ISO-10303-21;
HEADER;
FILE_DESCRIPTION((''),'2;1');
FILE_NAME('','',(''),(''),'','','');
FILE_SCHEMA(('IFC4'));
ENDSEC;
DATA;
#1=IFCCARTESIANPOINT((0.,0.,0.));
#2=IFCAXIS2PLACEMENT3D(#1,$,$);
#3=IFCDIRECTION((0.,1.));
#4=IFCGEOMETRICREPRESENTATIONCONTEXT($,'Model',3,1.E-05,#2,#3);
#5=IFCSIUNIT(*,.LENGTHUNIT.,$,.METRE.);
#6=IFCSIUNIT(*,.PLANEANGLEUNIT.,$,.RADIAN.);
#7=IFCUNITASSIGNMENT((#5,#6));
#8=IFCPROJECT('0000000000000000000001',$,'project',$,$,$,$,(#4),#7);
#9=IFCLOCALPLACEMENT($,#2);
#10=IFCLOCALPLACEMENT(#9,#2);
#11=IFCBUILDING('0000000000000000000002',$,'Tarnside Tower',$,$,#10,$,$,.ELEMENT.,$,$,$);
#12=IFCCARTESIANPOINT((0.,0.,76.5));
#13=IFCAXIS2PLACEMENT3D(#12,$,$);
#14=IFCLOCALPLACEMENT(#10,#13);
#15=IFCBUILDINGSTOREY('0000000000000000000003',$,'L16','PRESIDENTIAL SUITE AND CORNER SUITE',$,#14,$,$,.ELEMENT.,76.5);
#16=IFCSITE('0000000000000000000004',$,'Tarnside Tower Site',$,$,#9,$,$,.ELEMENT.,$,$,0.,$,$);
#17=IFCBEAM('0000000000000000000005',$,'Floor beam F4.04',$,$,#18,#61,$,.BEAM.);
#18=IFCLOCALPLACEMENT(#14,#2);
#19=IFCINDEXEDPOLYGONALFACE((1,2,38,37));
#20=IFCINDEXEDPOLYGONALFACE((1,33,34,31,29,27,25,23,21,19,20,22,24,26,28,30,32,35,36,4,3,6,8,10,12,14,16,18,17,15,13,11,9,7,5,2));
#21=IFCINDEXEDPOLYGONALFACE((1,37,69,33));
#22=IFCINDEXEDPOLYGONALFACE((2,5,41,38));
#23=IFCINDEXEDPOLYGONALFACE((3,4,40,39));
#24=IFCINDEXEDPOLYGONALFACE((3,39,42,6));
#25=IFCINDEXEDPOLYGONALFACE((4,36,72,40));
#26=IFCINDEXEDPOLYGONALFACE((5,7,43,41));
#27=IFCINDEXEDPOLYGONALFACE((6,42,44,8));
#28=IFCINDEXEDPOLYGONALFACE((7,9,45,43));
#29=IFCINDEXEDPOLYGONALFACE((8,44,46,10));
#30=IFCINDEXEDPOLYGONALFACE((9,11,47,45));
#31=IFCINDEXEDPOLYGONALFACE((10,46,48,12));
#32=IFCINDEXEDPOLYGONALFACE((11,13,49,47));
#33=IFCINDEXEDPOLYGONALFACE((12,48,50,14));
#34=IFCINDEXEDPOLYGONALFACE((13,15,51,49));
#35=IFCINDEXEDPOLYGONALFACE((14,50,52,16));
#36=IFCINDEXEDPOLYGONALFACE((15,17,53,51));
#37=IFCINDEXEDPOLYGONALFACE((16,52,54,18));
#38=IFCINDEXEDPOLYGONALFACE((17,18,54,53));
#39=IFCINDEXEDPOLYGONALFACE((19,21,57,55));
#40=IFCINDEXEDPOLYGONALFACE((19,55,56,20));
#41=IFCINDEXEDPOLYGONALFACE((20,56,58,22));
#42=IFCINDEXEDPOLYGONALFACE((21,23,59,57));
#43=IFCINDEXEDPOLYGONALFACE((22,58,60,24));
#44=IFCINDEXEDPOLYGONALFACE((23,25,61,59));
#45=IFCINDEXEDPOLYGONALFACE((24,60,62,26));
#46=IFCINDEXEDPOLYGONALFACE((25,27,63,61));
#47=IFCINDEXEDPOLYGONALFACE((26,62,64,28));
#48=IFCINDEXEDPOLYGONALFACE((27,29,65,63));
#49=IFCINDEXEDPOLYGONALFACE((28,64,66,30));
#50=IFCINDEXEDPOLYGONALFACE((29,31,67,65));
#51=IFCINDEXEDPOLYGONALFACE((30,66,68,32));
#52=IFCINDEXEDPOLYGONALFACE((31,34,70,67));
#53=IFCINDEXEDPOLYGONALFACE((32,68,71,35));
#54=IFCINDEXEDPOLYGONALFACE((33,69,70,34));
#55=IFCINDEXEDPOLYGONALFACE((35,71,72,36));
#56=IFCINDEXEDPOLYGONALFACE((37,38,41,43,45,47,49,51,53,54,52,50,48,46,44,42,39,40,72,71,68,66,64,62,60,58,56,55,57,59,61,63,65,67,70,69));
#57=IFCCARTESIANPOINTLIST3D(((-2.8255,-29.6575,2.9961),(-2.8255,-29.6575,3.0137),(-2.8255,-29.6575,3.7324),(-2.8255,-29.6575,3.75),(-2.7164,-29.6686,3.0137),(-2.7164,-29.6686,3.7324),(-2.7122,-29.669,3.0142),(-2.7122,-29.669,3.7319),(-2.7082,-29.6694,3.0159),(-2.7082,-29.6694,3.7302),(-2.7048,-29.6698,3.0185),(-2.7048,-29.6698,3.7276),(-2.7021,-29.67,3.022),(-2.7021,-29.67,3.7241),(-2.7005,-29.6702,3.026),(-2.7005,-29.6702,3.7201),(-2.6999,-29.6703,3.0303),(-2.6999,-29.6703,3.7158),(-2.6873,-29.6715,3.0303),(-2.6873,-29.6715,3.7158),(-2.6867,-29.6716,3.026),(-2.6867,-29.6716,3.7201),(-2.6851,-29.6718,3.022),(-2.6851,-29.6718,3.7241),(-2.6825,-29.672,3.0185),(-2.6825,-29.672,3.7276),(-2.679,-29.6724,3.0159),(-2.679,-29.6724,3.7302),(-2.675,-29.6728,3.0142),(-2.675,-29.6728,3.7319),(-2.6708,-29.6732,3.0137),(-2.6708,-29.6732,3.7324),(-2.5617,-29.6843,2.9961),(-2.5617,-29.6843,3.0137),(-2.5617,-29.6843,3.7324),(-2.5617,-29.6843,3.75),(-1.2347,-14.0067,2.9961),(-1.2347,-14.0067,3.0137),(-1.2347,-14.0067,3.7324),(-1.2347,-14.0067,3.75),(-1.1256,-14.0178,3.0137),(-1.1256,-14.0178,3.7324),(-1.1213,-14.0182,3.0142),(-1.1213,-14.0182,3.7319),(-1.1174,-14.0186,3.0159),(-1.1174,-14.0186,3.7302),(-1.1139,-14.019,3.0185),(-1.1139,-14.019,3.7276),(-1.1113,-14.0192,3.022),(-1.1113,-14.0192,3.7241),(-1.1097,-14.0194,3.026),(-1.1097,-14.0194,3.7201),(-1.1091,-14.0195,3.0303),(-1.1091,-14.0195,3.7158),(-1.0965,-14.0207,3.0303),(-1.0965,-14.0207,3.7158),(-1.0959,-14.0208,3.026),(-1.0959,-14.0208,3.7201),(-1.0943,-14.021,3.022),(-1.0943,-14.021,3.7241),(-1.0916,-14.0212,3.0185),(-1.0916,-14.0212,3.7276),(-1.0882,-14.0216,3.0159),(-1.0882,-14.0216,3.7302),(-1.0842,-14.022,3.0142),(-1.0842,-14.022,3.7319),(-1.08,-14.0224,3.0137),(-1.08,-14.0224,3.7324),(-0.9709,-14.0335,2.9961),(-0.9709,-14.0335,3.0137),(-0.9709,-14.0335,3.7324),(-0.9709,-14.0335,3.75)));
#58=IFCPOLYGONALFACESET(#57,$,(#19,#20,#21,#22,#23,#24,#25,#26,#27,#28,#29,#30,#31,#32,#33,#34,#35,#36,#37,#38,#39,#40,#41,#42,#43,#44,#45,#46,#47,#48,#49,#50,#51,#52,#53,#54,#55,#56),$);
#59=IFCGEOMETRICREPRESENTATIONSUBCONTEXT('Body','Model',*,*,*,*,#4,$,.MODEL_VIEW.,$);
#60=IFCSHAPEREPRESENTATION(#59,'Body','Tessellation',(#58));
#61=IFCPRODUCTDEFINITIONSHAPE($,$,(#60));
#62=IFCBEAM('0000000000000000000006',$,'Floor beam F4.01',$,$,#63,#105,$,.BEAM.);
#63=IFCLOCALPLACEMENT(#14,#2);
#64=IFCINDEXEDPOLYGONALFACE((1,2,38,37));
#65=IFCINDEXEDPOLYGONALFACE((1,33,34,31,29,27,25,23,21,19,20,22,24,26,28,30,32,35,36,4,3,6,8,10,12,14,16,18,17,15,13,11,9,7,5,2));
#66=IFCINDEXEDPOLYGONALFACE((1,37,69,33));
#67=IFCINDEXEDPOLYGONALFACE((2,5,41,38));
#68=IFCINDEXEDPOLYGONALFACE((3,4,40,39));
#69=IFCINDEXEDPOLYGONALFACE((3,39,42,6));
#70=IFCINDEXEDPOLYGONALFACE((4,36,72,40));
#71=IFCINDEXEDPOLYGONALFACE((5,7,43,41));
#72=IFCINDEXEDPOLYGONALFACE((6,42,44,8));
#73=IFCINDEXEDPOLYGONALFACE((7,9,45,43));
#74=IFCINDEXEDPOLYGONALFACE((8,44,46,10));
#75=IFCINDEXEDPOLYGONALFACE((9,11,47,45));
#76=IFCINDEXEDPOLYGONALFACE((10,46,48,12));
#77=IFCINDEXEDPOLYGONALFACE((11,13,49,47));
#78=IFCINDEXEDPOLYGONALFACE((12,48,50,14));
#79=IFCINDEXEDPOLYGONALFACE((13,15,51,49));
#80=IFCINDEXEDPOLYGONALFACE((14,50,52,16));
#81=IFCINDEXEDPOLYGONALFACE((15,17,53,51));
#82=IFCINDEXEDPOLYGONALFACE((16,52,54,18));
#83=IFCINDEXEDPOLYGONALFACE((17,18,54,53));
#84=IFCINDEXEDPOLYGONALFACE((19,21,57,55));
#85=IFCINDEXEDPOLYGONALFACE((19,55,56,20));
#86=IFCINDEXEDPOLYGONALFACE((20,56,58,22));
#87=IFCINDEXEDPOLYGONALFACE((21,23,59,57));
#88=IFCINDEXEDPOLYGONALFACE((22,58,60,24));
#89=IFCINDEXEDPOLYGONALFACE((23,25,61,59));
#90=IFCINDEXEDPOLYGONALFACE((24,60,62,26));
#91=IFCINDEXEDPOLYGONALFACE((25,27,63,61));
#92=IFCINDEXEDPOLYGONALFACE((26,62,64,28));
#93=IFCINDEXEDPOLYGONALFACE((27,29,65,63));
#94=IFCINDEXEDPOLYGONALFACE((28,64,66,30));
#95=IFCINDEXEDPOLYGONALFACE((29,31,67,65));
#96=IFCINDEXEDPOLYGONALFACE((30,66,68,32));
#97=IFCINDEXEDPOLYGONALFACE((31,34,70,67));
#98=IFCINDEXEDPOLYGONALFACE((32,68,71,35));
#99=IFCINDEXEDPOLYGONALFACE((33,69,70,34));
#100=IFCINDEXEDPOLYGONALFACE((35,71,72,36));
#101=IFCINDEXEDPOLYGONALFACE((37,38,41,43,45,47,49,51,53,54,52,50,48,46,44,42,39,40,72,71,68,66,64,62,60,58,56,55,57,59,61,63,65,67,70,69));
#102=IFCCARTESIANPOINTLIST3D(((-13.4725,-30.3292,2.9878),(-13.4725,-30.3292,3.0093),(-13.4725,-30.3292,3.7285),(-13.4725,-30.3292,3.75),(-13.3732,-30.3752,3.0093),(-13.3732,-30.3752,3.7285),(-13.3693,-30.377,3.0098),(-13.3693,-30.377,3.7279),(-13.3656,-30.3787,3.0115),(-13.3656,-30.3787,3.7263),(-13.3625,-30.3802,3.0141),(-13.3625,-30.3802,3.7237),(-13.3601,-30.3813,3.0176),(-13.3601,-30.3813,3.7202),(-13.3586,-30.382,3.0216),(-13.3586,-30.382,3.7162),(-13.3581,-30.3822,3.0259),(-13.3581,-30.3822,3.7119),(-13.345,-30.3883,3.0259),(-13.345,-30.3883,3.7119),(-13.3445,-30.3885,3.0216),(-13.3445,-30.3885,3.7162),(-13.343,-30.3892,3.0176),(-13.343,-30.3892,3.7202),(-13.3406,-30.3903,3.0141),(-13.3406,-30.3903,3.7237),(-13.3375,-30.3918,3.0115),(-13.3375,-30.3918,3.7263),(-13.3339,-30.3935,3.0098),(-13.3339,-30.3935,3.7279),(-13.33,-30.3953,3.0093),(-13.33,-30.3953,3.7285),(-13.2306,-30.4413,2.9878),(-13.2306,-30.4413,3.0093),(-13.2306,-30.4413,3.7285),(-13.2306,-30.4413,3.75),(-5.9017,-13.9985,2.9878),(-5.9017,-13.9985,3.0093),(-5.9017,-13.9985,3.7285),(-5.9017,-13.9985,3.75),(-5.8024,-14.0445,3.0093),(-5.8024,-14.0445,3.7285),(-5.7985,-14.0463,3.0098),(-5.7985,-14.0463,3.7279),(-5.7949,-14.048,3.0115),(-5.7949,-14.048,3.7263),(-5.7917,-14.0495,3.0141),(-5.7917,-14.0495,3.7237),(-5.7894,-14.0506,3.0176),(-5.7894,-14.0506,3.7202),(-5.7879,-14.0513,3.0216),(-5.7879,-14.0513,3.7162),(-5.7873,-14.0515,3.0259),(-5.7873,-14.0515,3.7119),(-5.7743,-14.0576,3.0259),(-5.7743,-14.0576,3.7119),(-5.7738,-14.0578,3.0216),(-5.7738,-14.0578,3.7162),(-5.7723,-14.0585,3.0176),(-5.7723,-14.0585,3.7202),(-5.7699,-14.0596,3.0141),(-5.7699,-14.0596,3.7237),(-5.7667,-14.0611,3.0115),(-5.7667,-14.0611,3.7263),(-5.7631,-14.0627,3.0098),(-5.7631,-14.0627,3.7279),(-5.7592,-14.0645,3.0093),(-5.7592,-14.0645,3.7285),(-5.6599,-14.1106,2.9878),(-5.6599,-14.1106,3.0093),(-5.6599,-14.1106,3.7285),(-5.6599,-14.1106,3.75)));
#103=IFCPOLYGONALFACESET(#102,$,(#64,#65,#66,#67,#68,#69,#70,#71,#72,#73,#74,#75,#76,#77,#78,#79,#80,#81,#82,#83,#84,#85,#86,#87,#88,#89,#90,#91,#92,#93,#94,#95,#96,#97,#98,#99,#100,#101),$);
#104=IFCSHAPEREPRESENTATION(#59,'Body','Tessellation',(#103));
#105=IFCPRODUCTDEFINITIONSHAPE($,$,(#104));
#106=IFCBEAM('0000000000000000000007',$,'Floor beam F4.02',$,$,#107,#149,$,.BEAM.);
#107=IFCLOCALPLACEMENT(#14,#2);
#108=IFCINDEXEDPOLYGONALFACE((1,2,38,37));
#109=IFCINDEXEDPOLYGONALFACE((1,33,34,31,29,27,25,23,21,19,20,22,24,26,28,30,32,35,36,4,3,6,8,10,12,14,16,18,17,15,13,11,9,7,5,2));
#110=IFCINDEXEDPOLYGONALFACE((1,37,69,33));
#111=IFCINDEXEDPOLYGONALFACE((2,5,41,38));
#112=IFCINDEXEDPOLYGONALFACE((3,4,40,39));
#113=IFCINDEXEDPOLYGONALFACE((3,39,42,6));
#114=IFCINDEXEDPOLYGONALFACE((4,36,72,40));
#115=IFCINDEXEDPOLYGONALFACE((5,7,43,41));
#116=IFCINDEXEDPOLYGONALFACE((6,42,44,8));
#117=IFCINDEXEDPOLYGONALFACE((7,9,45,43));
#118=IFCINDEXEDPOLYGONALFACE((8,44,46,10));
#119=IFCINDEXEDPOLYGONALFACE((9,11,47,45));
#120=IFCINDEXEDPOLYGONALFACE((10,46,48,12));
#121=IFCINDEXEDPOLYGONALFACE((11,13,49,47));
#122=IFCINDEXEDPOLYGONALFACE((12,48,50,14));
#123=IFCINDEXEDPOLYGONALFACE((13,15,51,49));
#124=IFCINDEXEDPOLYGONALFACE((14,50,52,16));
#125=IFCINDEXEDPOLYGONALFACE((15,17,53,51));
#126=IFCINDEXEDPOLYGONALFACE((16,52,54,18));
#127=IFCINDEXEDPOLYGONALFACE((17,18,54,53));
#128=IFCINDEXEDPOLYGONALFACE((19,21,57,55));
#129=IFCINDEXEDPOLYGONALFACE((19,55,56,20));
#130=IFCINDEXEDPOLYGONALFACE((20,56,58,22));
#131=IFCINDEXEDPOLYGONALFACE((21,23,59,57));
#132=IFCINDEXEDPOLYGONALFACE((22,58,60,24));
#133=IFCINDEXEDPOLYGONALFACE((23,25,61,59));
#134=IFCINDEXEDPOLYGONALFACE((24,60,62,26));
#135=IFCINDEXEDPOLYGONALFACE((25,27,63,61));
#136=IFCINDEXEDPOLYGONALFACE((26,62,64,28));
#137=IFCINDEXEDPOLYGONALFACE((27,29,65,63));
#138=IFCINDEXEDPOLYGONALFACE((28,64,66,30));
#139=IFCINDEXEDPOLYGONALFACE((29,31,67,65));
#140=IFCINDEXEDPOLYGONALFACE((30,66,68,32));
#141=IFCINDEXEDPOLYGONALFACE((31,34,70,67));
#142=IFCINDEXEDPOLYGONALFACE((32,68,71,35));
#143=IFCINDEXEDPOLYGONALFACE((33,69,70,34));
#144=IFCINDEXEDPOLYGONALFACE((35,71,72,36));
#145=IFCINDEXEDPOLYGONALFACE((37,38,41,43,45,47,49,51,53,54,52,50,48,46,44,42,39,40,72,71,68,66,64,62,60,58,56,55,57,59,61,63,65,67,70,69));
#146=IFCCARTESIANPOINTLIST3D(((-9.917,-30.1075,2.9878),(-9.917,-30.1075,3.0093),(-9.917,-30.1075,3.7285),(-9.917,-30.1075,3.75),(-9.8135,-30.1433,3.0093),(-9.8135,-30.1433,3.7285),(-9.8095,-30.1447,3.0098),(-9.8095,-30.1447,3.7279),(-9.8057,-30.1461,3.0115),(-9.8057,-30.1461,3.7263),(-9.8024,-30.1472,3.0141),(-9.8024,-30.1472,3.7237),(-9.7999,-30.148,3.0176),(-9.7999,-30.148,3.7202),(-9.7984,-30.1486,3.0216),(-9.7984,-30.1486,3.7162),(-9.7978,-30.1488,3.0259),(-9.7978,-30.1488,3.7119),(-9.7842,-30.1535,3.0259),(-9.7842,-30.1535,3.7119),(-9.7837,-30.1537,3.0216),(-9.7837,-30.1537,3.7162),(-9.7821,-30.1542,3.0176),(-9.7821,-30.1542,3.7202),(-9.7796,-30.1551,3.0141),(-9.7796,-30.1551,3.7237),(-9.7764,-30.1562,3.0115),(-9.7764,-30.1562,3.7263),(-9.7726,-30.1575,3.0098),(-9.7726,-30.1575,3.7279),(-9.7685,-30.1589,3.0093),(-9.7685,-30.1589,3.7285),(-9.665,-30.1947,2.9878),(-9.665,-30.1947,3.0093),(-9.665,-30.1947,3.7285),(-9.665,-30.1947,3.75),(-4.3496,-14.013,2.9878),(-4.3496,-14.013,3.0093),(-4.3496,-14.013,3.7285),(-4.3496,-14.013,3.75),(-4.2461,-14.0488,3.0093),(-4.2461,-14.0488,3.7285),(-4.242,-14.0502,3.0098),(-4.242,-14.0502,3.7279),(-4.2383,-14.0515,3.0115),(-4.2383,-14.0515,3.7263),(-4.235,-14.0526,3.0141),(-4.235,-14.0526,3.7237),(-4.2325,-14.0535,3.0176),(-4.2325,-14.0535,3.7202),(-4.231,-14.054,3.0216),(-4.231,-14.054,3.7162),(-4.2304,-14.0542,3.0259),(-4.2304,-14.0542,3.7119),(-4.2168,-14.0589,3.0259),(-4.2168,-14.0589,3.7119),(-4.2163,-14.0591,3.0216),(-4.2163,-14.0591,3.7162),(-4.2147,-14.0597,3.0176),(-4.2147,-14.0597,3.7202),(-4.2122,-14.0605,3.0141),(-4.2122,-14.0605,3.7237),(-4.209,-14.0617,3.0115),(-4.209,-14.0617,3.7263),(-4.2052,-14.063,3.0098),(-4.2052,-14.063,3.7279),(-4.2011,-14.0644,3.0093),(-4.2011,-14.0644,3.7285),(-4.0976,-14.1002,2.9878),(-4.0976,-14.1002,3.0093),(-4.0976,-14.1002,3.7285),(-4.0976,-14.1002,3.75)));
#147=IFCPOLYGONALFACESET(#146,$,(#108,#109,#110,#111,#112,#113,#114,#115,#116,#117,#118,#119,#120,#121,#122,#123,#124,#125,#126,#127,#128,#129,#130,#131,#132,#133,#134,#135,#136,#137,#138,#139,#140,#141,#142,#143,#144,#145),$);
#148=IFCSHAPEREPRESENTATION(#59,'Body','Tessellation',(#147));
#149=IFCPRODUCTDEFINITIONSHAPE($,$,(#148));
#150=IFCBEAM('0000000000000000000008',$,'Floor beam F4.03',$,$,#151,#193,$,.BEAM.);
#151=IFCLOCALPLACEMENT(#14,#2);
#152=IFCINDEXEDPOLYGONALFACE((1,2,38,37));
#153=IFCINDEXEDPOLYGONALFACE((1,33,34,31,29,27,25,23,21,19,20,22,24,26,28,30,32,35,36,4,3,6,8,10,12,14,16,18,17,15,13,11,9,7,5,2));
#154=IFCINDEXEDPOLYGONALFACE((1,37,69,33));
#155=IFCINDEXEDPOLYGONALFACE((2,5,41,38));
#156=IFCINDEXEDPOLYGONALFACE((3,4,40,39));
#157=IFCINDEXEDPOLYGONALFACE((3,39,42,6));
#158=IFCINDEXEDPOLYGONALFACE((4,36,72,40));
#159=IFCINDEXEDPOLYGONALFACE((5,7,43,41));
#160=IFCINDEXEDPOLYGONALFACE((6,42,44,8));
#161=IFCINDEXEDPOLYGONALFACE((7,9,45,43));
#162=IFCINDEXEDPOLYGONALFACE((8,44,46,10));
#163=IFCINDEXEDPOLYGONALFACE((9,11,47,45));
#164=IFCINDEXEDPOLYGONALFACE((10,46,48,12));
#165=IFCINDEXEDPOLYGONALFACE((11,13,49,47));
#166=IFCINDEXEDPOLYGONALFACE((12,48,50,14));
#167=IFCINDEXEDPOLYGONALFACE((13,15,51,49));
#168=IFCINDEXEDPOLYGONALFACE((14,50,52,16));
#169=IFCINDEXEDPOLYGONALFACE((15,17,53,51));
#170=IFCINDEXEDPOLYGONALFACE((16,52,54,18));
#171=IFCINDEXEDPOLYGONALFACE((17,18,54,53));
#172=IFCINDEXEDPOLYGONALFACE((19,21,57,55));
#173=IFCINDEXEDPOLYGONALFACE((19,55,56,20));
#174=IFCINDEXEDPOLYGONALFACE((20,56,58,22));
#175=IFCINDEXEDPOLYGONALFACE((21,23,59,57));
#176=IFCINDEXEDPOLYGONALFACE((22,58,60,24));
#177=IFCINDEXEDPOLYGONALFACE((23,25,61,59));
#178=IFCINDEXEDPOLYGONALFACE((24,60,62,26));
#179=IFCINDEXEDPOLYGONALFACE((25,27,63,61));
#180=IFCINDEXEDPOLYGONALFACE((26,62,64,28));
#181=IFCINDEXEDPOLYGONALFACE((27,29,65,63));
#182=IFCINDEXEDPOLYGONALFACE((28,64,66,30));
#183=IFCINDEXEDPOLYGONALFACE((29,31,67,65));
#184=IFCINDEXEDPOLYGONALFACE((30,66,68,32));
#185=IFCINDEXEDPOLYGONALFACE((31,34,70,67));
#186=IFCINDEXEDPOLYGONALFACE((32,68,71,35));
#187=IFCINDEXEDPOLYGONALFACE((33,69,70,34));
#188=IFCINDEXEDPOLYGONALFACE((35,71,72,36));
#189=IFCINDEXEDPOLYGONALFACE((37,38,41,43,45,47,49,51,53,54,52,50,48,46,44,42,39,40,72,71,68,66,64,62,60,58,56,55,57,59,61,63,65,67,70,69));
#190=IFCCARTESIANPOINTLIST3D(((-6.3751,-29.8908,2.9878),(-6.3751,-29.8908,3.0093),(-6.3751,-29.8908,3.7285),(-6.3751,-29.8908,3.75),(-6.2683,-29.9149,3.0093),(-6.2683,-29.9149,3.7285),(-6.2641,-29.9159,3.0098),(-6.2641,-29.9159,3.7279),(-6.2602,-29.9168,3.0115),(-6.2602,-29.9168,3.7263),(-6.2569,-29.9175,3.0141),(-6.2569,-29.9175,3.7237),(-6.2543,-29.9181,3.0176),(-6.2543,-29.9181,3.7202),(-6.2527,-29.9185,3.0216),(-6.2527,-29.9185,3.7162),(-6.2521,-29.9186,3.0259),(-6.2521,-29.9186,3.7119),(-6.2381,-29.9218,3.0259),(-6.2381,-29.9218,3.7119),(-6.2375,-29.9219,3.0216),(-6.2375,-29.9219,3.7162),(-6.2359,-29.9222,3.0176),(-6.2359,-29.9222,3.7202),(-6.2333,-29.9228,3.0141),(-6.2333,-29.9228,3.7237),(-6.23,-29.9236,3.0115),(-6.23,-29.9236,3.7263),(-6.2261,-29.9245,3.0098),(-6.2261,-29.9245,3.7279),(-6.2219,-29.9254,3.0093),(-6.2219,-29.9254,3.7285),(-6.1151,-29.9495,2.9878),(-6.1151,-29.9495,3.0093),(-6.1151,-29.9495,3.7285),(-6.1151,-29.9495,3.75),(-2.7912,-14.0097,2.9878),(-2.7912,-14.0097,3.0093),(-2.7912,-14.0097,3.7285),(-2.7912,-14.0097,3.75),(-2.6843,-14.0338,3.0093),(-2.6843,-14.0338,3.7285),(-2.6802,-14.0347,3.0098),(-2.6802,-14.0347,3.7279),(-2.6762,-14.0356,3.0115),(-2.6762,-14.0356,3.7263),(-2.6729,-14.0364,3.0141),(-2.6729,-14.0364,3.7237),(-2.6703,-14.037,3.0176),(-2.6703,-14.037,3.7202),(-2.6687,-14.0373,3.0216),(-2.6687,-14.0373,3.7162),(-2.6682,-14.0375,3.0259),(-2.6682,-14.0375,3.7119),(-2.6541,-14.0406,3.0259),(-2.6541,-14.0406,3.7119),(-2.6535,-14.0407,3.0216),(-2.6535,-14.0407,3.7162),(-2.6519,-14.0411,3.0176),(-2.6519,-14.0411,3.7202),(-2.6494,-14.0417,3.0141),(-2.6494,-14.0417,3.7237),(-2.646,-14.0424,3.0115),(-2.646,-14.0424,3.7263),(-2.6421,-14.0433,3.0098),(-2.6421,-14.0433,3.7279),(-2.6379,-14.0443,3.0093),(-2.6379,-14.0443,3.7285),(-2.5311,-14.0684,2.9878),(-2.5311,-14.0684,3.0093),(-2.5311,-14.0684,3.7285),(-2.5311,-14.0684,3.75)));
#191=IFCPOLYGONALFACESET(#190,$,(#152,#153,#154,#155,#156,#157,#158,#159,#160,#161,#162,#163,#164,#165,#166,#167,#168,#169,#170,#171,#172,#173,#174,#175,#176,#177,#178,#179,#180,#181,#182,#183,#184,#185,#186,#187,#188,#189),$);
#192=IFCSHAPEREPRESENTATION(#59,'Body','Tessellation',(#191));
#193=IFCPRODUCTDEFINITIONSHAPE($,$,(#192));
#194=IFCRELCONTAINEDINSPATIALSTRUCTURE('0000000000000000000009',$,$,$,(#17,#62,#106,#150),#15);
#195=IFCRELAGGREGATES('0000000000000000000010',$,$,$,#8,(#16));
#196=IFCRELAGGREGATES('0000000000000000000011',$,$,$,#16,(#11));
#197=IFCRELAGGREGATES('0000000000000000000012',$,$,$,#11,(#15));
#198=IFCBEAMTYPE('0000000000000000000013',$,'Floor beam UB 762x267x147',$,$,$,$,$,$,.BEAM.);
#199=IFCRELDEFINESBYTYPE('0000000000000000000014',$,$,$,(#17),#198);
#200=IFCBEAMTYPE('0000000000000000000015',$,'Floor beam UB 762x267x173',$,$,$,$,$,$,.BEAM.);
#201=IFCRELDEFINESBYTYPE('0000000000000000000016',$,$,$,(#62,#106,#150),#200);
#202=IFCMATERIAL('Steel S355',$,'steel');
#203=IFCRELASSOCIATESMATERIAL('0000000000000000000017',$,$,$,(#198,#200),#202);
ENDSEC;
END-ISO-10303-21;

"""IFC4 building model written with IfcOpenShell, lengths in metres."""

from ifc_helpers import new_model, si_unit, direction, frame, origin, origin_2d, place, context, subcontext, project, spatial, i_section, extrude, material, material_profile, profile_set, type_object, element, save


model = new_model("IFC4")

# Units and contexts
model_context = context("Model", 3, precision=1e-05, world=origin(), true_north=direction((0.0, 1.0)))
body_context = subcontext(model_context, "Body", "Model", "MODEL_VIEW")
ifc_project = project(units=[si_unit("LENGTHUNIT", "METRE"), si_unit("PLANEANGLEUNIT", "RADIAN")], contexts=[model_context])

# Site, building, storey
site_placement = place(None, origin())
site = spatial("IfcSite", under=ifc_project, at=site_placement, Name="Tarnside Tower Site", CompositionType="ELEMENT", RefElevation=0.0)
building_placement = place(site_placement, origin())
building = spatial("IfcBuilding", under=site, at=building_placement, Name="Tarnside Tower", CompositionType="ELEMENT")
storey_placement = place(building_placement, frame((0.0, 0.0, 76.5)))
storey = spatial("IfcBuildingStorey", under=building, at=storey_placement, Name="L16", Description="PRESIDENTIAL SUITE AND CORNER SUITE", CompositionType="ELEMENT", Elevation=76.5)

# Beams
ifc_material_1 = material(Name="Steel S355", Category="steel")
ifc_material_profile_1 = material_profile(ifc_material_1, i_section(OverallWidth=0.2651, OverallDepth=0.7539, WebThickness=0.0127, FlangeThickness=0.0176, FilletRadius=0.0166, at=origin_2d()), Name="UB 762x267x147")
ifc_profile_set_1 = profile_set([ifc_material_profile_1], Name="Steel S355")
beam_type_1 = type_object("IfcBeamType", Name="Floor beam UB 762x267x147", PredefinedType="BEAM", material=ifc_profile_set_1)
beam_1_placement = place(storey_placement, frame((-2.6936, -29.6709, 3.373), z_axis=(0.101123, 0.994874, 0.0), x_axis=(-0.994874, 0.101123, 0.0)))
element("IfcBeam", 1, at=beam_1_placement, inside=storey, type_object=beam_type_1, Name="Floor beam F4.04", PredefinedType="BEAM", context=body_context, shape_type="SweptSolid", body=[
    extrude(i_section(OverallWidth=0.2651, OverallDepth=0.7539, WebThickness=0.0127, FlangeThickness=0.0176, FilletRadius=0.0166, at=origin_2d()), origin(), (0.0, 0.0, 1.0), 15.7314),
])
ifc_material_profile_2 = material_profile(ifc_material_1, i_section(OverallWidth=0.2666, OverallDepth=0.7622, WebThickness=0.0144, FlangeThickness=0.0215, FilletRadius=0.0166, at=origin_2d()), Name="UB 762x267x173")
ifc_profile_set_2 = profile_set([ifc_material_profile_2], Name="Steel S355")
beam_type_2 = type_object("IfcBeamType", Name="Floor beam UB 762x267x173", PredefinedType="BEAM", material=ifc_profile_set_2)
beam_2_placement = place(storey_placement, frame((-13.3516, -30.3853, 3.3689), z_axis=(0.420592, 0.90725, 0.0), x_axis=(-0.90725, 0.420592, 0.0)))
element("IfcBeam", 2, at=beam_2_placement, inside=storey, type_object=beam_type_2, Name="Floor beam F4.01", PredefinedType="BEAM", context=body_context, shape_type="SweptSolid", body=[
    extrude(i_section(OverallWidth=0.2666, OverallDepth=0.7622, WebThickness=0.0144, FlangeThickness=0.0215, FilletRadius=0.0166, at=origin_2d()), origin(), (0.0, 0.0, 1.0), 18.0002),
])
beam_3_placement = place(storey_placement, frame((-9.791, -30.1511, 3.3689), z_axis=(0.326912, 0.945055, 0.0), x_axis=(-0.945055, 0.326912, 0.0)))
element("IfcBeam", 3, at=beam_3_placement, inside=storey, type_object=beam_type_2, Name="Floor beam F4.02", PredefinedType="BEAM", context=body_context, shape_type="SweptSolid", body=[
    extrude(i_section(OverallWidth=0.2666, OverallDepth=0.7622, WebThickness=0.0144, FlangeThickness=0.0215, FilletRadius=0.0166, at=origin_2d()), origin(), (0.0, 0.0, 1.0), 17.0303),
])
beam_4_placement = place(storey_placement, frame((-6.2451, -29.9202, 3.3689), z_axis=(0.22014, 0.975468, 0.0), x_axis=(-0.975468, 0.22014, 0.0)))
element("IfcBeam", 4, at=beam_4_placement, inside=storey, type_object=beam_type_2, Name="Floor beam F4.03", PredefinedType="BEAM", context=body_context, shape_type="SweptSolid", body=[
    extrude(i_section(OverallWidth=0.2666, OverallDepth=0.7622, WebThickness=0.0144, FlangeThickness=0.0215, FilletRadius=0.0166, at=origin_2d()), origin(), (0.0, 0.0, 1.0), 16.2805),
])

save(model, "model.ifc")
